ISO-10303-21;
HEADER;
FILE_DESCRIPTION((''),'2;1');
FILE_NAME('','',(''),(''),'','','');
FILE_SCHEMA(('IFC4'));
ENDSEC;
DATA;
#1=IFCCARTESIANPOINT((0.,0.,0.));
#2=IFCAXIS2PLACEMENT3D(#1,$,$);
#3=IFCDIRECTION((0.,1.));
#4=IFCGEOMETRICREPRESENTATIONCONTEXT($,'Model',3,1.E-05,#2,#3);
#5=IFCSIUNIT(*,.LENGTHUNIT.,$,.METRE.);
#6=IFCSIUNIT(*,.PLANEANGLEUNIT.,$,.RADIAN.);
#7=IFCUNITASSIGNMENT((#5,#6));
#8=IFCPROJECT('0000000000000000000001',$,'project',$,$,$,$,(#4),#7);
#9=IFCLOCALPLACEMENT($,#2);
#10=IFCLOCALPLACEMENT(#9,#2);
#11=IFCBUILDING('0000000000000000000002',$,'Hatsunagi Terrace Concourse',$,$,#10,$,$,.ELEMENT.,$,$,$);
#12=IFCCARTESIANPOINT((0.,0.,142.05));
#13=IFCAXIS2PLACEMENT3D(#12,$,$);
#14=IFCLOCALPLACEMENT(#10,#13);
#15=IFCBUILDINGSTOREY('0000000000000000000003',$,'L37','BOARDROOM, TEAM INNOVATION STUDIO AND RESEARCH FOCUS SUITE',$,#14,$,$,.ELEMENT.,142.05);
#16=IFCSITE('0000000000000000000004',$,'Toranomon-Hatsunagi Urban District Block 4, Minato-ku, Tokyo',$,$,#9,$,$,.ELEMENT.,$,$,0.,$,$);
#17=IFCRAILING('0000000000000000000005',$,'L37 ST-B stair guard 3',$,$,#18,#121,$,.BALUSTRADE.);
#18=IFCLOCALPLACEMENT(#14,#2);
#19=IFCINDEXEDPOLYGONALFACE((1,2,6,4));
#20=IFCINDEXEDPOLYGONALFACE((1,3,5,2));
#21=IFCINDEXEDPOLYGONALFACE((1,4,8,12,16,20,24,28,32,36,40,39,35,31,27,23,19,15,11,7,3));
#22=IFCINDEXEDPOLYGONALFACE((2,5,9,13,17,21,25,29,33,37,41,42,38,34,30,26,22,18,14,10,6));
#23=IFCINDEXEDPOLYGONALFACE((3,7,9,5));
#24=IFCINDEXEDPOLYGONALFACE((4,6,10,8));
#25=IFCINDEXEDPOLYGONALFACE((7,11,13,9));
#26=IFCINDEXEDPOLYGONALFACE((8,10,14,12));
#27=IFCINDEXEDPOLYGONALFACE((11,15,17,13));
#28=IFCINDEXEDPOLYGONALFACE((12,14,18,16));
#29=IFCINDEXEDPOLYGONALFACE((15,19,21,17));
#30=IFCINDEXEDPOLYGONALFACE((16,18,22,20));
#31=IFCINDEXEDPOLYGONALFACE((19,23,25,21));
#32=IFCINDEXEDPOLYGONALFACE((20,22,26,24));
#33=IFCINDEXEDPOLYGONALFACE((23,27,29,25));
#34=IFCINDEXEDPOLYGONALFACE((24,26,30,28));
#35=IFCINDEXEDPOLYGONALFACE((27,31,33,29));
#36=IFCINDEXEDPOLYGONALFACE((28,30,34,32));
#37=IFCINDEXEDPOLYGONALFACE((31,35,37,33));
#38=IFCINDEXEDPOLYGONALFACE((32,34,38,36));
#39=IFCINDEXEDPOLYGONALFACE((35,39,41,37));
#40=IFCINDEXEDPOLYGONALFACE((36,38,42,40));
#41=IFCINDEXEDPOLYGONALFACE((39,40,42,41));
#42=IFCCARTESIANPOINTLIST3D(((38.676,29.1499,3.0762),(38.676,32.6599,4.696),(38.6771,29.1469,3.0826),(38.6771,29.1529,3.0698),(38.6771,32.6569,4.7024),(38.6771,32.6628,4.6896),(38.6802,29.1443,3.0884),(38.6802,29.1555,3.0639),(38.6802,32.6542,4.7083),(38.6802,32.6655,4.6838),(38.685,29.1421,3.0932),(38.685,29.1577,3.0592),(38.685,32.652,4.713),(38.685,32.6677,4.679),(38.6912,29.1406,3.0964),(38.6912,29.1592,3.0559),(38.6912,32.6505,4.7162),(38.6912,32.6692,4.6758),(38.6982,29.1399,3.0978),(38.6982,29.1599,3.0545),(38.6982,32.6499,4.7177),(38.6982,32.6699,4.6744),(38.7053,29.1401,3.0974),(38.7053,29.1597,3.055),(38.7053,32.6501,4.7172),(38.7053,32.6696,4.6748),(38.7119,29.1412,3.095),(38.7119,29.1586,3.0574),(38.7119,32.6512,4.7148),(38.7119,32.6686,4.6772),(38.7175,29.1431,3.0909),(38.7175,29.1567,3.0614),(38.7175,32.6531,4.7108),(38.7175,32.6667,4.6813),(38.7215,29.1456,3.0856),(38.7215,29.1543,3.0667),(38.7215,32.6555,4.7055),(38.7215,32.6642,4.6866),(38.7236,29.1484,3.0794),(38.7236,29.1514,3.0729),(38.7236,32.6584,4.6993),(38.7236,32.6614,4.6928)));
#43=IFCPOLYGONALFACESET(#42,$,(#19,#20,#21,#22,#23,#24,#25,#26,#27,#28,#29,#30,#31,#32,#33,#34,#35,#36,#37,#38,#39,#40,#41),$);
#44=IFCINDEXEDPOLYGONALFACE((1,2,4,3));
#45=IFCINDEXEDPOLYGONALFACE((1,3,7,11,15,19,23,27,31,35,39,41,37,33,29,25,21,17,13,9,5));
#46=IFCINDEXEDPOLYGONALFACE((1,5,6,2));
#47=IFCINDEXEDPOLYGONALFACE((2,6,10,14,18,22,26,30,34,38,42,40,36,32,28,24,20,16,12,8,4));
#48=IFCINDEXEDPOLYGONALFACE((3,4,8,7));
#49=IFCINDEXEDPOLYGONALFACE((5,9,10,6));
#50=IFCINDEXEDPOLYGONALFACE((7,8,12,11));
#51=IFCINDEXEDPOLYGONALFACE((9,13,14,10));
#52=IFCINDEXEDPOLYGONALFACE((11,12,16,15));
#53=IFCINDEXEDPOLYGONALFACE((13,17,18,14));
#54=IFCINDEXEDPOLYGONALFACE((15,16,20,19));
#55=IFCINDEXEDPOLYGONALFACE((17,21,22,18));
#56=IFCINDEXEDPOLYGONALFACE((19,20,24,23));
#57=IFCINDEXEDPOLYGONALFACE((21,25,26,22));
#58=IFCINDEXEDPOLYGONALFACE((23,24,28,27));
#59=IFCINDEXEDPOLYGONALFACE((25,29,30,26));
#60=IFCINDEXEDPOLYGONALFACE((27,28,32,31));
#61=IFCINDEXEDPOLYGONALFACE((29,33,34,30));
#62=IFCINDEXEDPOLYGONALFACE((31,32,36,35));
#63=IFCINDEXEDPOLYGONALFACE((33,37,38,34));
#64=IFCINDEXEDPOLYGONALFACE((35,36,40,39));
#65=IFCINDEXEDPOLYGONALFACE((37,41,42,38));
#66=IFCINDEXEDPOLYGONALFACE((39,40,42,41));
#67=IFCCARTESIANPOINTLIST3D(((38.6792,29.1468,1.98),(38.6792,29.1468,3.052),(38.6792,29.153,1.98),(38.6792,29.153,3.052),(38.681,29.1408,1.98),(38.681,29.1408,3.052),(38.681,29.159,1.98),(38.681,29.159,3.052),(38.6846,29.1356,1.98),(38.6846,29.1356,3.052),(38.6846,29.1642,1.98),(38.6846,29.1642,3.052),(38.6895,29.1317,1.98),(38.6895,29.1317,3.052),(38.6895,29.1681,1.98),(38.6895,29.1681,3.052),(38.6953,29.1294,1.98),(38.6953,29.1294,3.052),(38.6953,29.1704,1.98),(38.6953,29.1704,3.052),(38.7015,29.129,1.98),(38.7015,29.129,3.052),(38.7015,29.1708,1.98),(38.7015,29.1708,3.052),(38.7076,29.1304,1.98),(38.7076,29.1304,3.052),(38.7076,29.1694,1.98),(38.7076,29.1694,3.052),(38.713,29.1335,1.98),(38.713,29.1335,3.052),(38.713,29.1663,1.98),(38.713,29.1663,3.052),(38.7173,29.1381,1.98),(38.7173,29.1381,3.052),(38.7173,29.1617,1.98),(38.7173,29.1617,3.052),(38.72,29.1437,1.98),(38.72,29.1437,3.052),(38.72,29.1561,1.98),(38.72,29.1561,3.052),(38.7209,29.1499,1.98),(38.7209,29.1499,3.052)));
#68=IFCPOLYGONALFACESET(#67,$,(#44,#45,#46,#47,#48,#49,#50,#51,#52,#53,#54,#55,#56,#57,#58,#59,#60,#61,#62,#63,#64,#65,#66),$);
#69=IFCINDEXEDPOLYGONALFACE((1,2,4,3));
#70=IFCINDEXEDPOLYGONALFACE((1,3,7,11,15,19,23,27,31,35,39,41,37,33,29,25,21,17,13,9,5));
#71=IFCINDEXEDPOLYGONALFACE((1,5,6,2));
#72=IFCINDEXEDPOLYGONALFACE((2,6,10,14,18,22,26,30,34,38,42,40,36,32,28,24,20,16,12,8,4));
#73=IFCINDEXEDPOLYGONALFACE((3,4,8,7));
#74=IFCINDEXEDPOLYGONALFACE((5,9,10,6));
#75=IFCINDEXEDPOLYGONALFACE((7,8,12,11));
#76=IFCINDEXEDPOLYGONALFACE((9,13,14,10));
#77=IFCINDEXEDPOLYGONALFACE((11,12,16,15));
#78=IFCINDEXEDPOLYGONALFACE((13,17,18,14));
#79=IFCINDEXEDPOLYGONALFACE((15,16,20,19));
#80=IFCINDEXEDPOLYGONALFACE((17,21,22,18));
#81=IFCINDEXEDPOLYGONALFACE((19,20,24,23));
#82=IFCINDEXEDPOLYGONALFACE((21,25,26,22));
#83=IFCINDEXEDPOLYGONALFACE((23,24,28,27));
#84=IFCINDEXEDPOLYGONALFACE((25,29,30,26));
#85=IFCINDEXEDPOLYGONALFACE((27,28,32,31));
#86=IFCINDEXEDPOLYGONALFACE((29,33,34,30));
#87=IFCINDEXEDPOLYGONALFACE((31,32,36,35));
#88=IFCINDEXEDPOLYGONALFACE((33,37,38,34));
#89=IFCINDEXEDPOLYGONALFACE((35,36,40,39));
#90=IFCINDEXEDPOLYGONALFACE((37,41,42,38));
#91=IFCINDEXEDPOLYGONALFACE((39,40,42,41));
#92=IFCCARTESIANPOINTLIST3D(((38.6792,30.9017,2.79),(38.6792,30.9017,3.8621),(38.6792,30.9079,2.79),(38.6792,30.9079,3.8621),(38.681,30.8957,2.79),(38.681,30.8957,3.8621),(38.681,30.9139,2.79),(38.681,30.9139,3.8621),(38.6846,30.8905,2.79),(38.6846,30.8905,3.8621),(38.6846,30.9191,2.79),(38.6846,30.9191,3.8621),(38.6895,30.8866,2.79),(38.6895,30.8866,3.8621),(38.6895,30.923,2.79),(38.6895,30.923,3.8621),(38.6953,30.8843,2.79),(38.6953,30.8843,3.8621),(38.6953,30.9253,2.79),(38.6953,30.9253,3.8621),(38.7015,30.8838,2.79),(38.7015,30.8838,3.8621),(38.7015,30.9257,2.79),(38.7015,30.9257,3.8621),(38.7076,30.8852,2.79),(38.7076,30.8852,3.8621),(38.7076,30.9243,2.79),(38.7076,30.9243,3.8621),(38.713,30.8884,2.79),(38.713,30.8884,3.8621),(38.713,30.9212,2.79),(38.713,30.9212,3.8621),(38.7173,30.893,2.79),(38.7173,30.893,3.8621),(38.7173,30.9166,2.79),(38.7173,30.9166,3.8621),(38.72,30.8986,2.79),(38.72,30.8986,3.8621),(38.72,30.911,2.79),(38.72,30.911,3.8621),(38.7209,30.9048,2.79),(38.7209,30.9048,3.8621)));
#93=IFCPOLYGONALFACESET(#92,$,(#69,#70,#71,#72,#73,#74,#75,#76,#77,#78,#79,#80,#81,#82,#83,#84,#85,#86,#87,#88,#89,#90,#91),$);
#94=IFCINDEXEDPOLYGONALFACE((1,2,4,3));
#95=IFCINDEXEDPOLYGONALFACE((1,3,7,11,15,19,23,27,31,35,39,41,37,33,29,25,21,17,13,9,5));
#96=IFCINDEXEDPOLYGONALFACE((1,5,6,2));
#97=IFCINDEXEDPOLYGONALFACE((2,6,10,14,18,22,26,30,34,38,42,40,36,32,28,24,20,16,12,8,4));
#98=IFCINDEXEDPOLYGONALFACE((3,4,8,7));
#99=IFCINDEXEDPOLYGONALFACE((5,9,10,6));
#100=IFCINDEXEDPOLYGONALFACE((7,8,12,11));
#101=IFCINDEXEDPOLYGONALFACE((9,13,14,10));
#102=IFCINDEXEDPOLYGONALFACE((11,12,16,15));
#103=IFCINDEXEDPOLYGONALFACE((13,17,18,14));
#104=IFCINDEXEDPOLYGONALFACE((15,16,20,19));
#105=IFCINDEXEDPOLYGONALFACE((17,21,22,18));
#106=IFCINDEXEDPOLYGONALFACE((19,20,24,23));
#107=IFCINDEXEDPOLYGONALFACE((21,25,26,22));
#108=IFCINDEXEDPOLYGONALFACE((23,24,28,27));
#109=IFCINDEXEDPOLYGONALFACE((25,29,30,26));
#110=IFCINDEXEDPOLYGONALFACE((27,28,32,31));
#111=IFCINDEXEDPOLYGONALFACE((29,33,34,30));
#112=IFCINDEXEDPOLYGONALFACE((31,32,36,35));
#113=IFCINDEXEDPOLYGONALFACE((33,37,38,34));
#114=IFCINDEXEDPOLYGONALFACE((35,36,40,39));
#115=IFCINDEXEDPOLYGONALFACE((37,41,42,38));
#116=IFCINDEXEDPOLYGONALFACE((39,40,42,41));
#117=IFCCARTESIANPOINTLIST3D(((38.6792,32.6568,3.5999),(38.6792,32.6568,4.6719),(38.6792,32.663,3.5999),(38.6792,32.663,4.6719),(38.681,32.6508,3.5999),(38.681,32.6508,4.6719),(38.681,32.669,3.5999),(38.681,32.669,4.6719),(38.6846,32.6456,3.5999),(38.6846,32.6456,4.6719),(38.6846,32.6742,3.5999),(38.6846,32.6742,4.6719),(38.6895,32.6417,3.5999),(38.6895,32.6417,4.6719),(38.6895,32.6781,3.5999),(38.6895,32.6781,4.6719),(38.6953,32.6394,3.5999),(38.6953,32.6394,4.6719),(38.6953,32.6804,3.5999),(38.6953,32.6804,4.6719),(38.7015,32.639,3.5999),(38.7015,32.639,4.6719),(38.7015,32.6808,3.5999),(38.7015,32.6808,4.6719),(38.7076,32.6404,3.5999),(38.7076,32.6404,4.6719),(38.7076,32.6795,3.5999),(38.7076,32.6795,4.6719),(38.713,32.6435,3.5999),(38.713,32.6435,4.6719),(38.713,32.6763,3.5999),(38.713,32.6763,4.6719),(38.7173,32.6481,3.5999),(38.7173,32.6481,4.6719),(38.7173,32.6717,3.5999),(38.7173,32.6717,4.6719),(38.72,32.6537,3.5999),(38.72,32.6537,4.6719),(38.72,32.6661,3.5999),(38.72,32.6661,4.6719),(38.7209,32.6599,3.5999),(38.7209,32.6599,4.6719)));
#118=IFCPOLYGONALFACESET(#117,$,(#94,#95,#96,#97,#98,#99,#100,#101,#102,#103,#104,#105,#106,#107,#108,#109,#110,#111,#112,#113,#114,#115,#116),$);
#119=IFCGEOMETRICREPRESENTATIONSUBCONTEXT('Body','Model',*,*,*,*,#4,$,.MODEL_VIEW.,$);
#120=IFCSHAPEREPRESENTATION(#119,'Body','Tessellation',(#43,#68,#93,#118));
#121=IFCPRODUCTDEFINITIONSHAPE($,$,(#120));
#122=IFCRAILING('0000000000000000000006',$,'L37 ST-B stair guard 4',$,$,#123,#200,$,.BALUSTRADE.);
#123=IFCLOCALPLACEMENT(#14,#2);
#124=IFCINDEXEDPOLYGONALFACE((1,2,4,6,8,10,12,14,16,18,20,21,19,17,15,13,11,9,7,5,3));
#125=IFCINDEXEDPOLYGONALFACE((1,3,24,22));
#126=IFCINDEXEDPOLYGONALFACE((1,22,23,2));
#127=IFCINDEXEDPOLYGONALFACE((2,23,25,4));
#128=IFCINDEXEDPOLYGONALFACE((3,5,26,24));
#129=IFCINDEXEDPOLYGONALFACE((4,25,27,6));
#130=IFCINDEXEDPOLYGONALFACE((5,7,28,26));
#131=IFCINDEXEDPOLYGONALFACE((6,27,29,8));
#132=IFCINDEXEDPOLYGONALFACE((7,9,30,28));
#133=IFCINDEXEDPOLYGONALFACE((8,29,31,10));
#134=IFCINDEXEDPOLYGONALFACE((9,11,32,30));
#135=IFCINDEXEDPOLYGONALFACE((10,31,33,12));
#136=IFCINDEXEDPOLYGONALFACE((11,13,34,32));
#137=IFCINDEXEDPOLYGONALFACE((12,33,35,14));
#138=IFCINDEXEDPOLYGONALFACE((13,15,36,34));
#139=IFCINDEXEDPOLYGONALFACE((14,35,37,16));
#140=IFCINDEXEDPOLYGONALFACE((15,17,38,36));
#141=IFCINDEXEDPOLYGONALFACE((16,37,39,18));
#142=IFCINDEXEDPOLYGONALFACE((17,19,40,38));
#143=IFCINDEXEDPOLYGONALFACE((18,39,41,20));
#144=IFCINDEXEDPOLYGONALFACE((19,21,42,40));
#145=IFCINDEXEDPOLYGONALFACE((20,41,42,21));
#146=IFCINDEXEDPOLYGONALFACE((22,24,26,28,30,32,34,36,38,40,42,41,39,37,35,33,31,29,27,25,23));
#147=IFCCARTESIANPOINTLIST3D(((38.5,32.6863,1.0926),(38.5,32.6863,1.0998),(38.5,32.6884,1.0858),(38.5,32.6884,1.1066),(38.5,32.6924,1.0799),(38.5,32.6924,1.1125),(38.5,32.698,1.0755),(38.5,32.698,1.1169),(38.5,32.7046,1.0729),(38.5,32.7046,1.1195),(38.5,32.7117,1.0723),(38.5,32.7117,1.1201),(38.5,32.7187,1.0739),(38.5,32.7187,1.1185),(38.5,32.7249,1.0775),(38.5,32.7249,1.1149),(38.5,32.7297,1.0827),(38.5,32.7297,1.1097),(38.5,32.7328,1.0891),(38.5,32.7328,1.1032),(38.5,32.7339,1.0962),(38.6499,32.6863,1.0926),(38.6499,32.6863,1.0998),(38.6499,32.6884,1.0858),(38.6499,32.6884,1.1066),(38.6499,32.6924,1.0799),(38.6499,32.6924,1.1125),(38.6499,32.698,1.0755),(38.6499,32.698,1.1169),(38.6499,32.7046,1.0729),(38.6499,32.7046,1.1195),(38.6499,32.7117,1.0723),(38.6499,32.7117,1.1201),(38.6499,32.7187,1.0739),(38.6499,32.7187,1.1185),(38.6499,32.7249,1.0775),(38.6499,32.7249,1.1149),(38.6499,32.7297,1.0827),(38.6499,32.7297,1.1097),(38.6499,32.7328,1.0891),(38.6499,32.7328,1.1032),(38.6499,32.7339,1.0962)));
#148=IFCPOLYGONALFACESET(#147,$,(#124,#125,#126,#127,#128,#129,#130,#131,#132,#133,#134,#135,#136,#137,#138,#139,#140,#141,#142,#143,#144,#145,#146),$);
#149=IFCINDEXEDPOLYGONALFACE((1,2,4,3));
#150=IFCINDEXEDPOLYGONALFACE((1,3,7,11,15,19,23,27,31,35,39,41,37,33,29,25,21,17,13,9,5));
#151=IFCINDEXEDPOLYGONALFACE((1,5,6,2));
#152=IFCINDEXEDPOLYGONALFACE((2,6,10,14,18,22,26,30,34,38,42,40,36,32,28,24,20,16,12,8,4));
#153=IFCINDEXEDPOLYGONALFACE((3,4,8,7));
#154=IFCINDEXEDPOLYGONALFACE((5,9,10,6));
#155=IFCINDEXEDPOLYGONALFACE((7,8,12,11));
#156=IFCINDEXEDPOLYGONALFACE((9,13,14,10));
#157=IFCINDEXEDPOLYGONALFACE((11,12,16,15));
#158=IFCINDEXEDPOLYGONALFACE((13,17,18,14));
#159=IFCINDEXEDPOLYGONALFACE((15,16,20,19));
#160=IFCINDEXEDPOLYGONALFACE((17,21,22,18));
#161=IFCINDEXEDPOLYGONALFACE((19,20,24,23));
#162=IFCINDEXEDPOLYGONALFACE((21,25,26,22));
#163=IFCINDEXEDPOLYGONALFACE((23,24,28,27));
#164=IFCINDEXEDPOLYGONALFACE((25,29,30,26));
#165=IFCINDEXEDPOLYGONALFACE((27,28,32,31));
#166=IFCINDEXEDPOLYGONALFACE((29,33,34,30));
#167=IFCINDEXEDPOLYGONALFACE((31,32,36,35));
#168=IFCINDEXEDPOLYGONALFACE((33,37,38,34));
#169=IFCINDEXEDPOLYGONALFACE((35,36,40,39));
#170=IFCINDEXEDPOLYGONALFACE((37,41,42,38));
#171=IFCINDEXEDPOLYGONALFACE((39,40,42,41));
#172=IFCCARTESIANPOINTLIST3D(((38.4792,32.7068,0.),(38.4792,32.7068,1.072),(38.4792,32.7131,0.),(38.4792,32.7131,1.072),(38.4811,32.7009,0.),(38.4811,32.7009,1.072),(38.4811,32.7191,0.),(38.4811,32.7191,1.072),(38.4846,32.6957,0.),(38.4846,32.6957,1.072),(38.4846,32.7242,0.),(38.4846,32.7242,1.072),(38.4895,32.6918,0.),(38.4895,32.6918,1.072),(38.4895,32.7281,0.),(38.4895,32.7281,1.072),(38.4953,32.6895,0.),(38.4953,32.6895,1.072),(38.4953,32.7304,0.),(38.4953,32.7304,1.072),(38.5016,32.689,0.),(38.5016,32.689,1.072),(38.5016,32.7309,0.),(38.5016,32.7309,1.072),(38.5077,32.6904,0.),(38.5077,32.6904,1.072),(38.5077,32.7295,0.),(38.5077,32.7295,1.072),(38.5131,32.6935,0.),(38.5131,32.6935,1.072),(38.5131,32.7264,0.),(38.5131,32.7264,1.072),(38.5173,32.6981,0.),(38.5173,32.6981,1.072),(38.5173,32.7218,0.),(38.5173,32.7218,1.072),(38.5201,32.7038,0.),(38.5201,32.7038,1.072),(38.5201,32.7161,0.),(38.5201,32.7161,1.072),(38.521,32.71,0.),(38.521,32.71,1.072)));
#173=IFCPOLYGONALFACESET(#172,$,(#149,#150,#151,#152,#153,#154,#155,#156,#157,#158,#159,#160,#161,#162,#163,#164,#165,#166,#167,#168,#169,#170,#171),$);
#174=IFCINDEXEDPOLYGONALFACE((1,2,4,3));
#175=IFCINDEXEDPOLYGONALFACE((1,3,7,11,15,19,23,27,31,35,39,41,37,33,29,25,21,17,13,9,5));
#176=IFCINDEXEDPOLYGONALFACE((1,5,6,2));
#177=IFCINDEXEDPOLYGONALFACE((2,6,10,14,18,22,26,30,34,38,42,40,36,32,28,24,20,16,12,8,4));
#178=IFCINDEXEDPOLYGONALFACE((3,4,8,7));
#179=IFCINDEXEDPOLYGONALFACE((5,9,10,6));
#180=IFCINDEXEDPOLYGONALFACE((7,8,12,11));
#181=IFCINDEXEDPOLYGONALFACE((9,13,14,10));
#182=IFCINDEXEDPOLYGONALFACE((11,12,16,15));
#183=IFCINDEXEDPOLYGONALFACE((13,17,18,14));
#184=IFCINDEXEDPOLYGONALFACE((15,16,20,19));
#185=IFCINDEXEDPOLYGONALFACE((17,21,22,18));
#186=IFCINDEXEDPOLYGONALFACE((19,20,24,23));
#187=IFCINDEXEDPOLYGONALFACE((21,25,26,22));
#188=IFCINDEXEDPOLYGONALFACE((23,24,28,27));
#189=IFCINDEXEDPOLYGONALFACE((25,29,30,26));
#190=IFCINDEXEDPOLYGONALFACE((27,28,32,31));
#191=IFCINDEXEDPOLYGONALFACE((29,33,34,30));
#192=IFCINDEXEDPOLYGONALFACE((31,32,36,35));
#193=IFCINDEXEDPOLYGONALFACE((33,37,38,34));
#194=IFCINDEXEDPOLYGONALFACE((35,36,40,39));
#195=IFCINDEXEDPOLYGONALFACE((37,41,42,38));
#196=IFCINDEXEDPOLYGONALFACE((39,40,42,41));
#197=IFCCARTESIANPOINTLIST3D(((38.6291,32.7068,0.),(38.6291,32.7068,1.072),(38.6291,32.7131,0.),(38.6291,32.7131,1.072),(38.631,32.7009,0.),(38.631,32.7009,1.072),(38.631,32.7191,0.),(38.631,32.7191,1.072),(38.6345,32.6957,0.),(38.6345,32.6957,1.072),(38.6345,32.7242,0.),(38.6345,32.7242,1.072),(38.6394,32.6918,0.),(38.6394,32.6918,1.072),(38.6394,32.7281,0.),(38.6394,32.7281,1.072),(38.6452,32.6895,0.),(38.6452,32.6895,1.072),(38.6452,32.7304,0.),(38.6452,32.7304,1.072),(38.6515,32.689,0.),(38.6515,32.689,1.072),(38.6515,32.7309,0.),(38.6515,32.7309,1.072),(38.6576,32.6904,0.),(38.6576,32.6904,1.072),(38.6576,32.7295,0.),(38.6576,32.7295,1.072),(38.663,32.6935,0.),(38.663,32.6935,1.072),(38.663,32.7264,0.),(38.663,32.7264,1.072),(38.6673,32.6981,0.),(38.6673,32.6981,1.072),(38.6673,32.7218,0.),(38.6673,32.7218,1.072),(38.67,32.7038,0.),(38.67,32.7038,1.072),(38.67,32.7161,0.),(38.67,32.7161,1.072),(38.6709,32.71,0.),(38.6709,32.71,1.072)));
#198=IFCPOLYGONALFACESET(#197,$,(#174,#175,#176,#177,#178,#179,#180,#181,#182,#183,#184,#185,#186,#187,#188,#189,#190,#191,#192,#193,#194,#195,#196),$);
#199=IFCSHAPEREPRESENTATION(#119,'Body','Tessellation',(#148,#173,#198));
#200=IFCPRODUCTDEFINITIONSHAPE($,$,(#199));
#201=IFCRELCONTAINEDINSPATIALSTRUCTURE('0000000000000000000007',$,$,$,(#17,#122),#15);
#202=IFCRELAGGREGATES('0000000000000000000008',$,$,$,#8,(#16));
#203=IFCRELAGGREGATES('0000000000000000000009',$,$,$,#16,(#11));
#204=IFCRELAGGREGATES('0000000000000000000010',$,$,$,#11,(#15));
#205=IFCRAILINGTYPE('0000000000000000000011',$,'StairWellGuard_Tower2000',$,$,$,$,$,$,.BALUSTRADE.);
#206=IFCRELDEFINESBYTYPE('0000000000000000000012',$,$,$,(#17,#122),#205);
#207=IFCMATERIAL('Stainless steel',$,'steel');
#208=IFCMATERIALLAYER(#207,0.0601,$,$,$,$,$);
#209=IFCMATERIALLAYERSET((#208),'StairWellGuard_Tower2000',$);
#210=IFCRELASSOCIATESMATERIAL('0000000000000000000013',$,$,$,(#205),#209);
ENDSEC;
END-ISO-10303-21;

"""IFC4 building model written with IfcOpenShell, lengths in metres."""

from ifc_helpers import new_model, si_unit, direction, frame, origin, origin_2d, place, context, subcontext, project, spatial, circle, extrude, material, layer, layer_set, type_object, element, save


model = new_model("IFC4")

# Units and contexts
model_context = context("Model", 3, precision=1e-05, world=origin(), true_north=direction((0.0, 1.0)))
body_context = subcontext(model_context, "Body", "Model", "MODEL_VIEW")
ifc_project = project(units=[si_unit("LENGTHUNIT", "METRE"), si_unit("PLANEANGLEUNIT", "RADIAN")], contexts=[model_context])

# Site, building, storey
site_placement = place(None, origin())
site = spatial("IfcSite", under=ifc_project, at=site_placement, Name="Toranomon-Hatsunagi Urban District Block 4, Minato-ku, Tokyo", CompositionType="ELEMENT", RefElevation=0.0)
building_placement = place(site_placement, origin())
building = spatial("IfcBuilding", under=site, at=building_placement, Name="Hatsunagi Terrace Concourse", CompositionType="ELEMENT")
storey_placement = place(building_placement, frame((0.0, 0.0, 142.05)))
storey = spatial("IfcBuildingStorey", under=building, at=storey_placement, Name="L37", Description="BOARDROOM, TEAM INNOVATION STUDIO AND RESEARCH FOCUS SUITE", CompositionType="ELEMENT", Elevation=142.05)

# Railings
ifc_material_1 = material(Name="Stainless steel", Category="steel")
ifc_layer_1 = layer(ifc_material_1, 0.0601)
ifc_layer_set_1 = layer_set([ifc_layer_1], Name="StairWellGuard_Tower2000")
railing_type_1 = type_object("IfcRailingType", Name="StairWellGuard_Tower2000", PredefinedType="BALUSTRADE", material=ifc_layer_set_1)
railing_1_placement = place(storey_placement, frame((38.7, 29.1499, 1.98)))
element("IfcRailing", 1, at=railing_1_placement, inside=storey, type_object=railing_type_1, Name="L37 ST-B stair guard 3", PredefinedType="BALUSTRADE", context=body_context, shape_type="SweptSolid", body=[
    extrude(circle(Radius=0.0239, at=origin_2d()), frame((0.0, 0.0, 1.0962), z_axis=(0.0, 0.907972, 0.41903), x_axis=(-1.0, 0.0, 0.0)), (0.0, 0.0, 1.0), 3.8657),
    extrude(circle(Radius=0.021, at=origin_2d()), origin(), (0.0, 0.0, 1.0), 1.072),
    extrude(circle(Radius=0.021, at=origin_2d()), frame((0.0, 1.7549, 0.8101)), (0.0, 0.0, 1.0), 1.072),
    extrude(circle(Radius=0.021, at=origin_2d()), frame((0.0, 3.51, 1.6199)), (0.0, 0.0, 1.0), 1.072),
])
railing_2_placement = place(storey_placement, frame((38.5, 32.71, 0.0)))
element("IfcRailing", 2, at=railing_2_placement, inside=storey, type_object=railing_type_1, Name="L37 ST-B stair guard 4", PredefinedType="BALUSTRADE", context=body_context, shape_type="SweptSolid", body=[
    extrude(circle(Radius=0.0239, at=origin_2d()), frame((0.0, 0.0, 1.0962), z_axis=(1.0, 0.0, 0.0), x_axis=(0.0, 1.0, 0.0)), (0.0, 0.0, 1.0), 0.1499),
    extrude(circle(Radius=0.021, at=origin_2d()), origin(), (0.0, 0.0, 1.0), 1.072),
    extrude(circle(Radius=0.021, at=origin_2d()), frame((0.1499, 0.0, 0.0)), (0.0, 0.0, 1.0), 1.072),
])

save(model, "model.ifc")
